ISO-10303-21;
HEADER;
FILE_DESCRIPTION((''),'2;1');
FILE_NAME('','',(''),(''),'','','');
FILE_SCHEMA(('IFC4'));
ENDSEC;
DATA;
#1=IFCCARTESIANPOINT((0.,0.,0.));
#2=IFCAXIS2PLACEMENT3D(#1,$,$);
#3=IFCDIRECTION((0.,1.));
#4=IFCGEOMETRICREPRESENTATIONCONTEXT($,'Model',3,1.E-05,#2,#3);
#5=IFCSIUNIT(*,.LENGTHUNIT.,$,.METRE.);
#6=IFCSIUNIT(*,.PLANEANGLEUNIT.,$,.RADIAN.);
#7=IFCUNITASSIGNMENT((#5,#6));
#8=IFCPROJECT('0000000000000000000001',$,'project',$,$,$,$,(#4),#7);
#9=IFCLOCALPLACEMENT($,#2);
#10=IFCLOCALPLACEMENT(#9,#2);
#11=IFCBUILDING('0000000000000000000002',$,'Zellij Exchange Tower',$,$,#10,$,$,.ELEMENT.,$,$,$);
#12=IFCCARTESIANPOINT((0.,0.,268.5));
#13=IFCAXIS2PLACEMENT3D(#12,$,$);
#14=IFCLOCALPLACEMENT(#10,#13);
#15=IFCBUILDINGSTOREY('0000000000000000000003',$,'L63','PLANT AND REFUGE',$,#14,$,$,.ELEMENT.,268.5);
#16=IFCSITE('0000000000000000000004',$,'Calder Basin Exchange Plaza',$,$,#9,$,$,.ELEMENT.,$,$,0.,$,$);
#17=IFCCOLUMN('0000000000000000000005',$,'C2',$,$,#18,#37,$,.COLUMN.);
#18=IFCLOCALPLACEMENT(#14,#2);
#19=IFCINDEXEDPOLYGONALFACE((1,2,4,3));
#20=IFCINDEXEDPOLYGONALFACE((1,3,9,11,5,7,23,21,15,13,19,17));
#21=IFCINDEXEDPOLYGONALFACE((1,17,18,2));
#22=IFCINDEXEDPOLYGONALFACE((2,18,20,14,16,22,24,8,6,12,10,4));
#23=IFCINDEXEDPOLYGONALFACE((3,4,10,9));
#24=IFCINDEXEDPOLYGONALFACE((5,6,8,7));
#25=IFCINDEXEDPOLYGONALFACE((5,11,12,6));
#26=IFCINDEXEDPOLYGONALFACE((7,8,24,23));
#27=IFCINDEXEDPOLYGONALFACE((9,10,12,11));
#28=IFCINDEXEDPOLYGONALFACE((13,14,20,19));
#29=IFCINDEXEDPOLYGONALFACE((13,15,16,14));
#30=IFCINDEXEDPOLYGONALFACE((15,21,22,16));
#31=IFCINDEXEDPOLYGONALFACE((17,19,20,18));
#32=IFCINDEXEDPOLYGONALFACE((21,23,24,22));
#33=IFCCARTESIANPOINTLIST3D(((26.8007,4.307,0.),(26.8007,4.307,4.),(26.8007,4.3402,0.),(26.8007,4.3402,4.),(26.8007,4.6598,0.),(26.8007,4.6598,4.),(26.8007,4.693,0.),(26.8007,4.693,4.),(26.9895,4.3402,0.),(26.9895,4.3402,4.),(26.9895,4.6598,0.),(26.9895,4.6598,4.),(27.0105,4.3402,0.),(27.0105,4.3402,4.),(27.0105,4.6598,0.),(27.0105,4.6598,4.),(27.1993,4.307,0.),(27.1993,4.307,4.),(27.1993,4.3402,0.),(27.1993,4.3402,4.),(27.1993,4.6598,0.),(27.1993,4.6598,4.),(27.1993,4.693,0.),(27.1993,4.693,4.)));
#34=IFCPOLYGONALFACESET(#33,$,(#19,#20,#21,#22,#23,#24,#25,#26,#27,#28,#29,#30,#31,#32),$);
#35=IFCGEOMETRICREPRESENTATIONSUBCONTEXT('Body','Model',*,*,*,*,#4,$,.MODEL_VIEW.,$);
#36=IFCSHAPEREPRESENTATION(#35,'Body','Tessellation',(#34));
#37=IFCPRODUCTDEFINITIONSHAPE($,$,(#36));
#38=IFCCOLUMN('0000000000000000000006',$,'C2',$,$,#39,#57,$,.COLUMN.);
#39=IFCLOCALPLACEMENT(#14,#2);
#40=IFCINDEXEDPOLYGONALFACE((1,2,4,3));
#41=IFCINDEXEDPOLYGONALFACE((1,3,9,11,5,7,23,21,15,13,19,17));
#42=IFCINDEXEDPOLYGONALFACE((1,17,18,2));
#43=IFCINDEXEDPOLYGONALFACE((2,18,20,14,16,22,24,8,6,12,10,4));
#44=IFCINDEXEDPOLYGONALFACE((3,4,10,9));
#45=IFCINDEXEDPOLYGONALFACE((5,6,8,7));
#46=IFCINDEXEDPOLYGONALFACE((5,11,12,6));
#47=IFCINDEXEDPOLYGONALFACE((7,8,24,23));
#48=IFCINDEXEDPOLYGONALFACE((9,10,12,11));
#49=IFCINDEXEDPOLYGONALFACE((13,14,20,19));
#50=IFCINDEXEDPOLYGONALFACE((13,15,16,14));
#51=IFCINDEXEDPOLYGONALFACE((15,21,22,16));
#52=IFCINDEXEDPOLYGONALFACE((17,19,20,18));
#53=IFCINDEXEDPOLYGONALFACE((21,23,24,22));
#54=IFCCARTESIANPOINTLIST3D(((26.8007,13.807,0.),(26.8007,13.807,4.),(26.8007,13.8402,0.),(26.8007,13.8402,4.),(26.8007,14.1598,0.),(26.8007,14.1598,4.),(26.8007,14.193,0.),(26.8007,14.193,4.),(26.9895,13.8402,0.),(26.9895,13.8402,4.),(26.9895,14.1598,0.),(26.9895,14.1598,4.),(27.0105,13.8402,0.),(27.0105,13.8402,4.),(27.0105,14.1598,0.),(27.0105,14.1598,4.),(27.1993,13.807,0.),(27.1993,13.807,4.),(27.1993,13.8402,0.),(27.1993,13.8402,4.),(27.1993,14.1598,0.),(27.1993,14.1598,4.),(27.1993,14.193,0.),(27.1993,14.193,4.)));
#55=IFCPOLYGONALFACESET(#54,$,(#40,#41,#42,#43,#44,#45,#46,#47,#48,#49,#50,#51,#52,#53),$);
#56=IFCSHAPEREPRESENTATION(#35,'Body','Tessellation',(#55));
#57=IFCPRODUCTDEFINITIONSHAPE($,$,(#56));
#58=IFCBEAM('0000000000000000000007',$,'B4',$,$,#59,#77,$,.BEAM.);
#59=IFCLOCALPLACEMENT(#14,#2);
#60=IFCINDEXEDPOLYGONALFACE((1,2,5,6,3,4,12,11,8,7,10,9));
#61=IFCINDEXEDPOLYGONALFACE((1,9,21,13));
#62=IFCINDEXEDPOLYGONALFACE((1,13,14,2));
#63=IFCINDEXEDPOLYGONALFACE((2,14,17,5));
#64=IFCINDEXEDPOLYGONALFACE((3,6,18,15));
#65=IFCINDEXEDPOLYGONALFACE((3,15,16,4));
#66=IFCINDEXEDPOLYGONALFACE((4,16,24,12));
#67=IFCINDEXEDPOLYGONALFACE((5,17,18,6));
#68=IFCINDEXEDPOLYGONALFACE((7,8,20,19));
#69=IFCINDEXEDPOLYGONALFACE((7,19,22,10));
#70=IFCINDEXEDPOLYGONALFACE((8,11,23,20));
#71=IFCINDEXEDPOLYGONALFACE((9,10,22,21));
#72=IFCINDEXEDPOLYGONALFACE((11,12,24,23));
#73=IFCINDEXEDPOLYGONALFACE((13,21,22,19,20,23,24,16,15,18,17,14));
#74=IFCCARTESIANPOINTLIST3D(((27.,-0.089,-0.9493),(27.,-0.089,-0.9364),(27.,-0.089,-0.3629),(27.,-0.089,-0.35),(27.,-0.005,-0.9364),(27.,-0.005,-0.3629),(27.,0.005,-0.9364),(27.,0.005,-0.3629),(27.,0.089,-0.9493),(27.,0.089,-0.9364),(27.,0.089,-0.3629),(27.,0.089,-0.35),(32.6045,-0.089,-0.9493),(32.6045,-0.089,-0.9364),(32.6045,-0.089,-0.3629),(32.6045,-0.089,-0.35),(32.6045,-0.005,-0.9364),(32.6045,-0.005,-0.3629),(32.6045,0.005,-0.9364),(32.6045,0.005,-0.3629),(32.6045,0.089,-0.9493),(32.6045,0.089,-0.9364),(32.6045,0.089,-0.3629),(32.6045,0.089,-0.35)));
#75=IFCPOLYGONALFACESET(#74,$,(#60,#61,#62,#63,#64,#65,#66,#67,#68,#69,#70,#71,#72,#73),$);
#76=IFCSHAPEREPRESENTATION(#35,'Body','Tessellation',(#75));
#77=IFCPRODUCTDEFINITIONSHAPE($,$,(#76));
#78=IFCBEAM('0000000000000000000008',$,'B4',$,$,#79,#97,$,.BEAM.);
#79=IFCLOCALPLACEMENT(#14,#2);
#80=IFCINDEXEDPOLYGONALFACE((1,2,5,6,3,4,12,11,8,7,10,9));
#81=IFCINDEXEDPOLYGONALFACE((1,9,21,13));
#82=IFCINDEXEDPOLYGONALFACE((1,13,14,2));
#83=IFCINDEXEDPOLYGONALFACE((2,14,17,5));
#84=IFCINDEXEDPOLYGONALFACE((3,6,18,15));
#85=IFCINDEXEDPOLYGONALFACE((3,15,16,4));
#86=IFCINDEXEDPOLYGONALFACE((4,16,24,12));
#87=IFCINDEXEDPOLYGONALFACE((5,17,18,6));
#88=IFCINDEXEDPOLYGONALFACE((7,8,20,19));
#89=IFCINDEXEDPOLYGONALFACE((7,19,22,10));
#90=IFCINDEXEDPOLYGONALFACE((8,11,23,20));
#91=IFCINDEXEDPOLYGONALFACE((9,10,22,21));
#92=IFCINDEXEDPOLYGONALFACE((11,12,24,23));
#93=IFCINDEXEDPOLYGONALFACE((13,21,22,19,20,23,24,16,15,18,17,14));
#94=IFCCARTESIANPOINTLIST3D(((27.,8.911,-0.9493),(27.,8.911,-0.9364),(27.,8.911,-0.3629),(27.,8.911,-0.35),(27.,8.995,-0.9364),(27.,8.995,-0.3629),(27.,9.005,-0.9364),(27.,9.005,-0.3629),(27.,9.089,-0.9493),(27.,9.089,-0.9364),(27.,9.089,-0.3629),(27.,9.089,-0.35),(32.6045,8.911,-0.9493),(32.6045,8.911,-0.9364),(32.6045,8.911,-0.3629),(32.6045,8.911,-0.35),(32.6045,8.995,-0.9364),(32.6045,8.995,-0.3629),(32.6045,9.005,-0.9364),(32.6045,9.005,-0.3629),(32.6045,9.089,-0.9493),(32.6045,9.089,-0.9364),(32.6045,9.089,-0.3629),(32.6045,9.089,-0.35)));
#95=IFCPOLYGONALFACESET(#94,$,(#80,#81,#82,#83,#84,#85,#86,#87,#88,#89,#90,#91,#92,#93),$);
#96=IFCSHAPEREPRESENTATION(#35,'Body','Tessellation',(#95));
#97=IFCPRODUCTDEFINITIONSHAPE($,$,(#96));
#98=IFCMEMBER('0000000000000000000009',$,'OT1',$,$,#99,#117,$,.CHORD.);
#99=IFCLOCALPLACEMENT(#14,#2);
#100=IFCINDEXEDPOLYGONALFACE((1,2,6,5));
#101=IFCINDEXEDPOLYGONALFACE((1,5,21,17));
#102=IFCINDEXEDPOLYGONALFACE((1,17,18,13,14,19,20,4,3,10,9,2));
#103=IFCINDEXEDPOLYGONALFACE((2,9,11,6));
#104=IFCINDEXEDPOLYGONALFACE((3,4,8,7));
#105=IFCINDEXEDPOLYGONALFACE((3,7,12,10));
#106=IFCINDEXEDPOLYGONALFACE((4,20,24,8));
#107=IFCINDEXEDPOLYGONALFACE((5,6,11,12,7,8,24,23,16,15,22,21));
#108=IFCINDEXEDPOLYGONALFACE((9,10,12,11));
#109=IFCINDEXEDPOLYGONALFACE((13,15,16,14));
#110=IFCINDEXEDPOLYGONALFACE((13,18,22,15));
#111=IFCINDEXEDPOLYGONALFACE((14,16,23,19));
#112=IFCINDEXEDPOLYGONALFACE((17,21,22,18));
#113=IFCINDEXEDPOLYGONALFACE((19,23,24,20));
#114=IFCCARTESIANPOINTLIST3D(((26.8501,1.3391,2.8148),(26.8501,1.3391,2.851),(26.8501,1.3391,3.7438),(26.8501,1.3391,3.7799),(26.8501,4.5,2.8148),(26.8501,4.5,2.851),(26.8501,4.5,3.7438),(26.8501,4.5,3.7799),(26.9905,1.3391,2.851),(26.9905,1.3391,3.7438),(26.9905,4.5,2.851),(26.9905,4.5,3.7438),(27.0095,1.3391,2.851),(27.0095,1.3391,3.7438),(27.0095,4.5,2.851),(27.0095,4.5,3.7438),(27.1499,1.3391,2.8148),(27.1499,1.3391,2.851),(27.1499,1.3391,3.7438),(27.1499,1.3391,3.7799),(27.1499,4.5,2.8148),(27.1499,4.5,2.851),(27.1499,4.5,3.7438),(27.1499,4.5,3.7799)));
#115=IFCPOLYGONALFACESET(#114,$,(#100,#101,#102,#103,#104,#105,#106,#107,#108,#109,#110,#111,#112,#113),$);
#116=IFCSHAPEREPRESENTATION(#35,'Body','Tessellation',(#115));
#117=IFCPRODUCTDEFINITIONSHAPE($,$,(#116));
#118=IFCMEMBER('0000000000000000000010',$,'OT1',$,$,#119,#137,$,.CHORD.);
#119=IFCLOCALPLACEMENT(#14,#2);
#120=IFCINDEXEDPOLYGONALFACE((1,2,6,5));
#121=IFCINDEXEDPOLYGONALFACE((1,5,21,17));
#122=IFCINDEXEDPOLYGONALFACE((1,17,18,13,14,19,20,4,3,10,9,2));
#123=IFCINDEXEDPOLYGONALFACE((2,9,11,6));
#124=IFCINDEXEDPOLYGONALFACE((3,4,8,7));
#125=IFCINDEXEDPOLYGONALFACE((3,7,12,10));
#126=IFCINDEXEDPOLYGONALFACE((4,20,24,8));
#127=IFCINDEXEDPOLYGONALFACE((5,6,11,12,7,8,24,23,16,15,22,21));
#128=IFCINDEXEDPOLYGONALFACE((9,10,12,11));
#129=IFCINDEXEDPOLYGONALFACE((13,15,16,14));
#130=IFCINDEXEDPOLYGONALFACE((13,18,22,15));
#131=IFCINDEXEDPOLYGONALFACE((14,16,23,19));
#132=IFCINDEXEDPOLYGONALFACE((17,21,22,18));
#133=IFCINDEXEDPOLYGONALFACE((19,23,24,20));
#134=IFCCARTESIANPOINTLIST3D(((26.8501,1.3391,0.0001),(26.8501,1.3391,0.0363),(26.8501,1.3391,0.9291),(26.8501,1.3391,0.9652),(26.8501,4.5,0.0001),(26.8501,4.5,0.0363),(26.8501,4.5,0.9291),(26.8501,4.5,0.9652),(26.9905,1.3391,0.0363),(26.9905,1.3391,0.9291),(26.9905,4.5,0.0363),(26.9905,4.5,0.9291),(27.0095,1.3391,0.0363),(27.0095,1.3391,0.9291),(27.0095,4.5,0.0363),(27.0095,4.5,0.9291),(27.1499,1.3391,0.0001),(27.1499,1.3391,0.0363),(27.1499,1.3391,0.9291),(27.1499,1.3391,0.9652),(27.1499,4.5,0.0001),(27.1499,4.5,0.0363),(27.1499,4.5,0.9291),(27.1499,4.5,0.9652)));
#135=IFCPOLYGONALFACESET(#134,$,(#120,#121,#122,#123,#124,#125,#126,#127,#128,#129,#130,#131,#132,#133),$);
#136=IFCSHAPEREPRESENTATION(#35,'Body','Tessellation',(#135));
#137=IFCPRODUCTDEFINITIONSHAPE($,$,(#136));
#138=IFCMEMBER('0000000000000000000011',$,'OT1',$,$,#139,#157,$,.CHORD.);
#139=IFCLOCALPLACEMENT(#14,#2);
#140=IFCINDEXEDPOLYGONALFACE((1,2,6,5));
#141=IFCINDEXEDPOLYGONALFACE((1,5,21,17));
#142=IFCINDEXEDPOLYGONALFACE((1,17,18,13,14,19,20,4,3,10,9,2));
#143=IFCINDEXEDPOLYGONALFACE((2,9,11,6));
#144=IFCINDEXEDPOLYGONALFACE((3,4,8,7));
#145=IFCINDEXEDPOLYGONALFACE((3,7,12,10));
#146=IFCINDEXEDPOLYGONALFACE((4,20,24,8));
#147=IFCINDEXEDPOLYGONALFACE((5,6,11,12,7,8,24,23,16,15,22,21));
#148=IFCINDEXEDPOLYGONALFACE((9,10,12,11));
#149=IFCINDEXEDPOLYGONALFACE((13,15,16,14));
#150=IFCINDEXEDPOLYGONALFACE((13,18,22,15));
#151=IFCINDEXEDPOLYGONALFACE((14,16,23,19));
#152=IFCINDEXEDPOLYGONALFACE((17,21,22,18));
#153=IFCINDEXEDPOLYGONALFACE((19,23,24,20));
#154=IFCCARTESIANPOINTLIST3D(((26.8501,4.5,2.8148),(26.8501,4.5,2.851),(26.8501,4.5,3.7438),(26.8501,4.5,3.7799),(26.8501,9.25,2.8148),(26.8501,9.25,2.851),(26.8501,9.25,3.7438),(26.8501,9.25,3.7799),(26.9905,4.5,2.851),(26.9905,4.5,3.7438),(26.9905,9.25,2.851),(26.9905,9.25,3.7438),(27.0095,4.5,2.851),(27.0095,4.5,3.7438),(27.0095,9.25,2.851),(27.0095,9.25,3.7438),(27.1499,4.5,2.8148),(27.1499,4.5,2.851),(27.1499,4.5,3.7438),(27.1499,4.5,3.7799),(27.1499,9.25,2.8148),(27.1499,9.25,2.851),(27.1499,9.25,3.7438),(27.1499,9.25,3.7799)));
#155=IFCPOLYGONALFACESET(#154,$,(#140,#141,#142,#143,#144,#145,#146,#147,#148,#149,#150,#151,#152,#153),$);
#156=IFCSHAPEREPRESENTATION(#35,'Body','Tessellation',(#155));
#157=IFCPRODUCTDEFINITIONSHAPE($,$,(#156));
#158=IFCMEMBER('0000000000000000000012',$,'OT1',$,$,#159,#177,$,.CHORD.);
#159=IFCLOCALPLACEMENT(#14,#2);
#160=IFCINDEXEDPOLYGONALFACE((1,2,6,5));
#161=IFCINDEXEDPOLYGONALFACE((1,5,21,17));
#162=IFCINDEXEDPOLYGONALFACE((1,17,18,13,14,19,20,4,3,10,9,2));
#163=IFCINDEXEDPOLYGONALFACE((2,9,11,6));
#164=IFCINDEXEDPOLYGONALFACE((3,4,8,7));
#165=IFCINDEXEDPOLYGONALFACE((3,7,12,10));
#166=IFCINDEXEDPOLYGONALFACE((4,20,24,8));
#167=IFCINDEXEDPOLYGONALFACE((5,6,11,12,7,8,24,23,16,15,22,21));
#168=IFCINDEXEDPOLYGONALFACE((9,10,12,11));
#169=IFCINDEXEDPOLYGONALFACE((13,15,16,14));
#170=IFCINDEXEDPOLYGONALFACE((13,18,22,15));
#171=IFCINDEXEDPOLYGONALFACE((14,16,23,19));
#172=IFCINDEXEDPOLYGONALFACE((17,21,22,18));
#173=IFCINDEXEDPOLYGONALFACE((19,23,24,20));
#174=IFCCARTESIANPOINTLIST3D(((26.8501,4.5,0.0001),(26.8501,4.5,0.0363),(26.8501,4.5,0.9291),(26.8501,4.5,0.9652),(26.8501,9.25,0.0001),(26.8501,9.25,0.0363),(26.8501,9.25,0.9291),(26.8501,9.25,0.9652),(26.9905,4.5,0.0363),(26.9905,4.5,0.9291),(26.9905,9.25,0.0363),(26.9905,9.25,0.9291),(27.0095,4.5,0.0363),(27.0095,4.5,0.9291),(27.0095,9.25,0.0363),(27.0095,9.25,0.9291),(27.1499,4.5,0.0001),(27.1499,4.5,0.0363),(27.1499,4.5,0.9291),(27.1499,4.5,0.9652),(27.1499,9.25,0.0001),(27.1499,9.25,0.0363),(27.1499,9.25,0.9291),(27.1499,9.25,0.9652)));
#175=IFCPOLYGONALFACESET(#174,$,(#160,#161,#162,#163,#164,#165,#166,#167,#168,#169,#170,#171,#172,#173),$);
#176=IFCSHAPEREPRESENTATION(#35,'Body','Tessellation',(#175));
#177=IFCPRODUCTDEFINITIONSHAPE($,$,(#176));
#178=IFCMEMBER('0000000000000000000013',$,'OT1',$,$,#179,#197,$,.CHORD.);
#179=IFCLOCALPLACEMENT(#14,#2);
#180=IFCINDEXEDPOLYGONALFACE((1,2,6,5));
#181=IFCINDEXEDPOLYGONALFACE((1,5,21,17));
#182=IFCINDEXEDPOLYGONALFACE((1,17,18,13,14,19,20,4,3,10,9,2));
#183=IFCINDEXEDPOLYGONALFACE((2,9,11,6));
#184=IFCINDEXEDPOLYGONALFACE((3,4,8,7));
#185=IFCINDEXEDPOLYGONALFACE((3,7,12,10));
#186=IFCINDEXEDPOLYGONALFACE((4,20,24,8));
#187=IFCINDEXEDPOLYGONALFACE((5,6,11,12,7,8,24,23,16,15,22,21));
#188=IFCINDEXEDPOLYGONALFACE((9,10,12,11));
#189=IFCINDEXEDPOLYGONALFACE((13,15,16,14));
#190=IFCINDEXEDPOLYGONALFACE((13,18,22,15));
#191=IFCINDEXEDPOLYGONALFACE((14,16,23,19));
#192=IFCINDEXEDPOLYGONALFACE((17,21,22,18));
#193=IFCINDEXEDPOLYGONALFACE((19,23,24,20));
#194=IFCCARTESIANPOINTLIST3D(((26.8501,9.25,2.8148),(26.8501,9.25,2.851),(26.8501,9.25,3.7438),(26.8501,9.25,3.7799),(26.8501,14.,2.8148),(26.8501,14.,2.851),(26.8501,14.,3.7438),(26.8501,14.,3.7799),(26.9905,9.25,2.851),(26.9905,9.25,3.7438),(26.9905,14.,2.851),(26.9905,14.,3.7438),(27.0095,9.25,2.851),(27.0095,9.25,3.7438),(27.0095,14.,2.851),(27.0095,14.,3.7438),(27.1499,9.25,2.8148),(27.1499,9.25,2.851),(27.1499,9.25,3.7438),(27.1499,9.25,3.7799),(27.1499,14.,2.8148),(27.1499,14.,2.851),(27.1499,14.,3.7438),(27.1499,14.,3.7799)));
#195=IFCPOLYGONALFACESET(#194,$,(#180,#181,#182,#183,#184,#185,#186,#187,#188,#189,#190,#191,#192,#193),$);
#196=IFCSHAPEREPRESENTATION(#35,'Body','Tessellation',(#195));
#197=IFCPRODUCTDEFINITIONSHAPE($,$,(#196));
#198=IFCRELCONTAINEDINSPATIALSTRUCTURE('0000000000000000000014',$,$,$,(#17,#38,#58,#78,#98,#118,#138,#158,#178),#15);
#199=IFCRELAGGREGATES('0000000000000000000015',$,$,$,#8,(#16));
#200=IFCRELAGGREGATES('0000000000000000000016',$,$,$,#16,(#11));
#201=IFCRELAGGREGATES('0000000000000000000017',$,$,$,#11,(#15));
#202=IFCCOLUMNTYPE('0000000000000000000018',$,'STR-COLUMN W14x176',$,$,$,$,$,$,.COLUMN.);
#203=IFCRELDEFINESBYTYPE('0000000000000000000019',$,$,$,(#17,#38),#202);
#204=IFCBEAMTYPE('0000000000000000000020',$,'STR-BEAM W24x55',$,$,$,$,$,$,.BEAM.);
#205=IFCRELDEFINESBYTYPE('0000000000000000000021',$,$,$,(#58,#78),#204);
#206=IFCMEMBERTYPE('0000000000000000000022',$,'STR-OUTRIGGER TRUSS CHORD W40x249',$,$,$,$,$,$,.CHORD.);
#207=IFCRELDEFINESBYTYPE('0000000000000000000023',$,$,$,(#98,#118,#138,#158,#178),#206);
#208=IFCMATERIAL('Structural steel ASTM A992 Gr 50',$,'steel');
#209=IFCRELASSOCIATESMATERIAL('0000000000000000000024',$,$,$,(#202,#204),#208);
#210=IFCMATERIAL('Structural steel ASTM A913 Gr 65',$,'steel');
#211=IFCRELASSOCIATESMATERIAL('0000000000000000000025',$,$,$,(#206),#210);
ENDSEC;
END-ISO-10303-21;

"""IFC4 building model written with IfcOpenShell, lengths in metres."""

from ifc_helpers import new_model, si_unit, direction, frame, origin, origin_2d, place, context, subcontext, project, spatial, i_section, extrude, material, material_profile, profile_set, type_object, element, save


model = new_model("IFC4")

# Units and contexts
model_context = context("Model", 3, precision=1e-05, world=origin(), true_north=direction((0.0, 1.0)))
body_context = subcontext(model_context, "Body", "Model", "MODEL_VIEW")
ifc_project = project(units=[si_unit("LENGTHUNIT", "METRE"), si_unit("PLANEANGLEUNIT", "RADIAN")], contexts=[model_context])

# Site, building, storey
site_placement = place(None, origin())
site = spatial("IfcSite", under=ifc_project, at=site_placement, Name="Calder Basin Exchange Plaza", CompositionType="ELEMENT", RefElevation=0.0)
building_placement = place(site_placement, origin())
building = spatial("IfcBuilding", under=site, at=building_placement, Name="Zellij Exchange Tower", CompositionType="ELEMENT")
storey_placement = place(building_placement, frame((0.0, 0.0, 268.5)))
storey = spatial("IfcBuildingStorey", under=building, at=storey_placement, Name="L63", Description="PLANT AND REFUGE", CompositionType="ELEMENT", Elevation=268.5)

# Columns
ifc_material_1 = material(Name="Structural steel ASTM A992 Gr 50", Category="steel")
ifc_material_profile_1 = material_profile(ifc_material_1, i_section(OverallWidth=0.3987, OverallDepth=0.386, WebThickness=0.021, FlangeThickness=0.0332, at=origin_2d()), Name="W14x176")
ifc_profile_set_1 = profile_set([ifc_material_profile_1], Name="Structural steel ASTM A992 Gr 50")
column_type = type_object("IfcColumnType", Name="STR-COLUMN W14x176", PredefinedType="COLUMN", material=ifc_profile_set_1)
for number, where, z_axis, x_axis, name in (
    (1, (27.0, 4.5, 0.0), (0.0, 0.0, 1.0), (1.0, 0.0, 0.0), "C2"),
    (2, (27.0, 14.0, 0.0), (0.0, 0.0, 1.0), (1.0, 0.0, 0.0), "C2"),
):
    element("IfcColumn", number, at=place(storey_placement, frame(where, z_axis=z_axis, x_axis=x_axis)), inside=storey, type_object=column_type, Name=name, PredefinedType="COLUMN", context=body_context, shape_type="SweptSolid", body=[
        extrude(i_section(OverallWidth=0.3987, OverallDepth=0.386, WebThickness=0.021, FlangeThickness=0.0332, at=origin_2d()), origin(), (0.0, 0.0, 1.0), 4.0),
    ])

# Beams
ifc_material_profile_2 = material_profile(ifc_material_1, i_section(OverallWidth=0.178, OverallDepth=0.5994, WebThickness=0.01, FlangeThickness=0.0129, at=origin_2d()), Name="W24x55")
ifc_profile_set_2 = profile_set([ifc_material_profile_2], Name="Structural steel ASTM A992 Gr 50")
beam_type = type_object("IfcBeamType", Name="STR-BEAM W24x55", PredefinedType="BEAM", material=ifc_profile_set_2)
for number, where, z_axis, x_axis, name in (
    (3, (27.0, 0.0, -0.6497), (1.0, 0.0, 0.0), (0.0, 1.0, 0.0), "B4"),
    (4, (27.0, 9.0, -0.6497), (1.0, 0.0, 0.0), (0.0, 1.0, 0.0), "B4"),
):
    element("IfcBeam", number, at=place(storey_placement, frame(where, z_axis=z_axis, x_axis=x_axis)), inside=storey, type_object=beam_type, Name=name, PredefinedType="BEAM", context=body_context, shape_type="SweptSolid", body=[
        extrude(i_section(OverallWidth=0.178, OverallDepth=0.5994, WebThickness=0.01, FlangeThickness=0.0129, at=origin_2d()), origin(), (0.0, 0.0, 1.0), 5.6045),
    ])

# Members
ifc_material_2 = material(Name="Structural steel ASTM A913 Gr 65", Category="steel")
ifc_material_profile_3 = material_profile(ifc_material_2, i_section(OverallWidth=0.2998, OverallDepth=0.9651, WebThickness=0.019, FlangeThickness=0.0361, at=origin_2d()), Name="W40x249")
ifc_profile_set_3 = profile_set([ifc_material_profile_3], Name="Structural steel ASTM A913 Gr 65")
member_type_1 = type_object("IfcMemberType", Name="STR-OUTRIGGER TRUSS CHORD W40x249", PredefinedType="CHORD", material=ifc_profile_set_3)
for number, where, z_axis, x_axis, name in (
    (5, (27.0, 1.3391, 3.2974), (0.0, 1.0, 0.0), (-1.0, 0.0, 0.0), "OT1"),
    (6, (27.0, 1.3391, 0.4827), (0.0, 1.0, 0.0), (-1.0, 0.0, 0.0), "OT1"),
):
    element("IfcMember", number, at=place(storey_placement, frame(where, z_axis=z_axis, x_axis=x_axis)), inside=storey, type_object=member_type_1, Name=name, PredefinedType="CHORD", context=body_context, shape_type="SweptSolid", body=[
        extrude(i_section(OverallWidth=0.2998, OverallDepth=0.9651, WebThickness=0.019, FlangeThickness=0.0361, at=origin_2d()), origin(), (0.0, 0.0, 1.0), 3.1609),
    ])
for number, where, z_axis, x_axis, name in (
    (7, (27.0, 4.5, 3.2974), (0.0, 1.0, 0.0), (-1.0, 0.0, 0.0), "OT1"),
    (8, (27.0, 4.5, 0.4827), (0.0, 1.0, 0.0), (-1.0, 0.0, 0.0), "OT1"),
    (9, (27.0, 9.25, 3.2974), (0.0, 1.0, 0.0), (-1.0, 0.0, 0.0), "OT1"),
):
    element("IfcMember", number, at=place(storey_placement, frame(where, z_axis=z_axis, x_axis=x_axis)), inside=storey, type_object=member_type_1, Name=name, PredefinedType="CHORD", context=body_context, shape_type="SweptSolid", body=[
        extrude(i_section(OverallWidth=0.2998, OverallDepth=0.9651, WebThickness=0.019, FlangeThickness=0.0361, at=origin_2d()), origin(), (0.0, 0.0, 1.0), 4.75),
    ])

save(model, "model.ifc")
